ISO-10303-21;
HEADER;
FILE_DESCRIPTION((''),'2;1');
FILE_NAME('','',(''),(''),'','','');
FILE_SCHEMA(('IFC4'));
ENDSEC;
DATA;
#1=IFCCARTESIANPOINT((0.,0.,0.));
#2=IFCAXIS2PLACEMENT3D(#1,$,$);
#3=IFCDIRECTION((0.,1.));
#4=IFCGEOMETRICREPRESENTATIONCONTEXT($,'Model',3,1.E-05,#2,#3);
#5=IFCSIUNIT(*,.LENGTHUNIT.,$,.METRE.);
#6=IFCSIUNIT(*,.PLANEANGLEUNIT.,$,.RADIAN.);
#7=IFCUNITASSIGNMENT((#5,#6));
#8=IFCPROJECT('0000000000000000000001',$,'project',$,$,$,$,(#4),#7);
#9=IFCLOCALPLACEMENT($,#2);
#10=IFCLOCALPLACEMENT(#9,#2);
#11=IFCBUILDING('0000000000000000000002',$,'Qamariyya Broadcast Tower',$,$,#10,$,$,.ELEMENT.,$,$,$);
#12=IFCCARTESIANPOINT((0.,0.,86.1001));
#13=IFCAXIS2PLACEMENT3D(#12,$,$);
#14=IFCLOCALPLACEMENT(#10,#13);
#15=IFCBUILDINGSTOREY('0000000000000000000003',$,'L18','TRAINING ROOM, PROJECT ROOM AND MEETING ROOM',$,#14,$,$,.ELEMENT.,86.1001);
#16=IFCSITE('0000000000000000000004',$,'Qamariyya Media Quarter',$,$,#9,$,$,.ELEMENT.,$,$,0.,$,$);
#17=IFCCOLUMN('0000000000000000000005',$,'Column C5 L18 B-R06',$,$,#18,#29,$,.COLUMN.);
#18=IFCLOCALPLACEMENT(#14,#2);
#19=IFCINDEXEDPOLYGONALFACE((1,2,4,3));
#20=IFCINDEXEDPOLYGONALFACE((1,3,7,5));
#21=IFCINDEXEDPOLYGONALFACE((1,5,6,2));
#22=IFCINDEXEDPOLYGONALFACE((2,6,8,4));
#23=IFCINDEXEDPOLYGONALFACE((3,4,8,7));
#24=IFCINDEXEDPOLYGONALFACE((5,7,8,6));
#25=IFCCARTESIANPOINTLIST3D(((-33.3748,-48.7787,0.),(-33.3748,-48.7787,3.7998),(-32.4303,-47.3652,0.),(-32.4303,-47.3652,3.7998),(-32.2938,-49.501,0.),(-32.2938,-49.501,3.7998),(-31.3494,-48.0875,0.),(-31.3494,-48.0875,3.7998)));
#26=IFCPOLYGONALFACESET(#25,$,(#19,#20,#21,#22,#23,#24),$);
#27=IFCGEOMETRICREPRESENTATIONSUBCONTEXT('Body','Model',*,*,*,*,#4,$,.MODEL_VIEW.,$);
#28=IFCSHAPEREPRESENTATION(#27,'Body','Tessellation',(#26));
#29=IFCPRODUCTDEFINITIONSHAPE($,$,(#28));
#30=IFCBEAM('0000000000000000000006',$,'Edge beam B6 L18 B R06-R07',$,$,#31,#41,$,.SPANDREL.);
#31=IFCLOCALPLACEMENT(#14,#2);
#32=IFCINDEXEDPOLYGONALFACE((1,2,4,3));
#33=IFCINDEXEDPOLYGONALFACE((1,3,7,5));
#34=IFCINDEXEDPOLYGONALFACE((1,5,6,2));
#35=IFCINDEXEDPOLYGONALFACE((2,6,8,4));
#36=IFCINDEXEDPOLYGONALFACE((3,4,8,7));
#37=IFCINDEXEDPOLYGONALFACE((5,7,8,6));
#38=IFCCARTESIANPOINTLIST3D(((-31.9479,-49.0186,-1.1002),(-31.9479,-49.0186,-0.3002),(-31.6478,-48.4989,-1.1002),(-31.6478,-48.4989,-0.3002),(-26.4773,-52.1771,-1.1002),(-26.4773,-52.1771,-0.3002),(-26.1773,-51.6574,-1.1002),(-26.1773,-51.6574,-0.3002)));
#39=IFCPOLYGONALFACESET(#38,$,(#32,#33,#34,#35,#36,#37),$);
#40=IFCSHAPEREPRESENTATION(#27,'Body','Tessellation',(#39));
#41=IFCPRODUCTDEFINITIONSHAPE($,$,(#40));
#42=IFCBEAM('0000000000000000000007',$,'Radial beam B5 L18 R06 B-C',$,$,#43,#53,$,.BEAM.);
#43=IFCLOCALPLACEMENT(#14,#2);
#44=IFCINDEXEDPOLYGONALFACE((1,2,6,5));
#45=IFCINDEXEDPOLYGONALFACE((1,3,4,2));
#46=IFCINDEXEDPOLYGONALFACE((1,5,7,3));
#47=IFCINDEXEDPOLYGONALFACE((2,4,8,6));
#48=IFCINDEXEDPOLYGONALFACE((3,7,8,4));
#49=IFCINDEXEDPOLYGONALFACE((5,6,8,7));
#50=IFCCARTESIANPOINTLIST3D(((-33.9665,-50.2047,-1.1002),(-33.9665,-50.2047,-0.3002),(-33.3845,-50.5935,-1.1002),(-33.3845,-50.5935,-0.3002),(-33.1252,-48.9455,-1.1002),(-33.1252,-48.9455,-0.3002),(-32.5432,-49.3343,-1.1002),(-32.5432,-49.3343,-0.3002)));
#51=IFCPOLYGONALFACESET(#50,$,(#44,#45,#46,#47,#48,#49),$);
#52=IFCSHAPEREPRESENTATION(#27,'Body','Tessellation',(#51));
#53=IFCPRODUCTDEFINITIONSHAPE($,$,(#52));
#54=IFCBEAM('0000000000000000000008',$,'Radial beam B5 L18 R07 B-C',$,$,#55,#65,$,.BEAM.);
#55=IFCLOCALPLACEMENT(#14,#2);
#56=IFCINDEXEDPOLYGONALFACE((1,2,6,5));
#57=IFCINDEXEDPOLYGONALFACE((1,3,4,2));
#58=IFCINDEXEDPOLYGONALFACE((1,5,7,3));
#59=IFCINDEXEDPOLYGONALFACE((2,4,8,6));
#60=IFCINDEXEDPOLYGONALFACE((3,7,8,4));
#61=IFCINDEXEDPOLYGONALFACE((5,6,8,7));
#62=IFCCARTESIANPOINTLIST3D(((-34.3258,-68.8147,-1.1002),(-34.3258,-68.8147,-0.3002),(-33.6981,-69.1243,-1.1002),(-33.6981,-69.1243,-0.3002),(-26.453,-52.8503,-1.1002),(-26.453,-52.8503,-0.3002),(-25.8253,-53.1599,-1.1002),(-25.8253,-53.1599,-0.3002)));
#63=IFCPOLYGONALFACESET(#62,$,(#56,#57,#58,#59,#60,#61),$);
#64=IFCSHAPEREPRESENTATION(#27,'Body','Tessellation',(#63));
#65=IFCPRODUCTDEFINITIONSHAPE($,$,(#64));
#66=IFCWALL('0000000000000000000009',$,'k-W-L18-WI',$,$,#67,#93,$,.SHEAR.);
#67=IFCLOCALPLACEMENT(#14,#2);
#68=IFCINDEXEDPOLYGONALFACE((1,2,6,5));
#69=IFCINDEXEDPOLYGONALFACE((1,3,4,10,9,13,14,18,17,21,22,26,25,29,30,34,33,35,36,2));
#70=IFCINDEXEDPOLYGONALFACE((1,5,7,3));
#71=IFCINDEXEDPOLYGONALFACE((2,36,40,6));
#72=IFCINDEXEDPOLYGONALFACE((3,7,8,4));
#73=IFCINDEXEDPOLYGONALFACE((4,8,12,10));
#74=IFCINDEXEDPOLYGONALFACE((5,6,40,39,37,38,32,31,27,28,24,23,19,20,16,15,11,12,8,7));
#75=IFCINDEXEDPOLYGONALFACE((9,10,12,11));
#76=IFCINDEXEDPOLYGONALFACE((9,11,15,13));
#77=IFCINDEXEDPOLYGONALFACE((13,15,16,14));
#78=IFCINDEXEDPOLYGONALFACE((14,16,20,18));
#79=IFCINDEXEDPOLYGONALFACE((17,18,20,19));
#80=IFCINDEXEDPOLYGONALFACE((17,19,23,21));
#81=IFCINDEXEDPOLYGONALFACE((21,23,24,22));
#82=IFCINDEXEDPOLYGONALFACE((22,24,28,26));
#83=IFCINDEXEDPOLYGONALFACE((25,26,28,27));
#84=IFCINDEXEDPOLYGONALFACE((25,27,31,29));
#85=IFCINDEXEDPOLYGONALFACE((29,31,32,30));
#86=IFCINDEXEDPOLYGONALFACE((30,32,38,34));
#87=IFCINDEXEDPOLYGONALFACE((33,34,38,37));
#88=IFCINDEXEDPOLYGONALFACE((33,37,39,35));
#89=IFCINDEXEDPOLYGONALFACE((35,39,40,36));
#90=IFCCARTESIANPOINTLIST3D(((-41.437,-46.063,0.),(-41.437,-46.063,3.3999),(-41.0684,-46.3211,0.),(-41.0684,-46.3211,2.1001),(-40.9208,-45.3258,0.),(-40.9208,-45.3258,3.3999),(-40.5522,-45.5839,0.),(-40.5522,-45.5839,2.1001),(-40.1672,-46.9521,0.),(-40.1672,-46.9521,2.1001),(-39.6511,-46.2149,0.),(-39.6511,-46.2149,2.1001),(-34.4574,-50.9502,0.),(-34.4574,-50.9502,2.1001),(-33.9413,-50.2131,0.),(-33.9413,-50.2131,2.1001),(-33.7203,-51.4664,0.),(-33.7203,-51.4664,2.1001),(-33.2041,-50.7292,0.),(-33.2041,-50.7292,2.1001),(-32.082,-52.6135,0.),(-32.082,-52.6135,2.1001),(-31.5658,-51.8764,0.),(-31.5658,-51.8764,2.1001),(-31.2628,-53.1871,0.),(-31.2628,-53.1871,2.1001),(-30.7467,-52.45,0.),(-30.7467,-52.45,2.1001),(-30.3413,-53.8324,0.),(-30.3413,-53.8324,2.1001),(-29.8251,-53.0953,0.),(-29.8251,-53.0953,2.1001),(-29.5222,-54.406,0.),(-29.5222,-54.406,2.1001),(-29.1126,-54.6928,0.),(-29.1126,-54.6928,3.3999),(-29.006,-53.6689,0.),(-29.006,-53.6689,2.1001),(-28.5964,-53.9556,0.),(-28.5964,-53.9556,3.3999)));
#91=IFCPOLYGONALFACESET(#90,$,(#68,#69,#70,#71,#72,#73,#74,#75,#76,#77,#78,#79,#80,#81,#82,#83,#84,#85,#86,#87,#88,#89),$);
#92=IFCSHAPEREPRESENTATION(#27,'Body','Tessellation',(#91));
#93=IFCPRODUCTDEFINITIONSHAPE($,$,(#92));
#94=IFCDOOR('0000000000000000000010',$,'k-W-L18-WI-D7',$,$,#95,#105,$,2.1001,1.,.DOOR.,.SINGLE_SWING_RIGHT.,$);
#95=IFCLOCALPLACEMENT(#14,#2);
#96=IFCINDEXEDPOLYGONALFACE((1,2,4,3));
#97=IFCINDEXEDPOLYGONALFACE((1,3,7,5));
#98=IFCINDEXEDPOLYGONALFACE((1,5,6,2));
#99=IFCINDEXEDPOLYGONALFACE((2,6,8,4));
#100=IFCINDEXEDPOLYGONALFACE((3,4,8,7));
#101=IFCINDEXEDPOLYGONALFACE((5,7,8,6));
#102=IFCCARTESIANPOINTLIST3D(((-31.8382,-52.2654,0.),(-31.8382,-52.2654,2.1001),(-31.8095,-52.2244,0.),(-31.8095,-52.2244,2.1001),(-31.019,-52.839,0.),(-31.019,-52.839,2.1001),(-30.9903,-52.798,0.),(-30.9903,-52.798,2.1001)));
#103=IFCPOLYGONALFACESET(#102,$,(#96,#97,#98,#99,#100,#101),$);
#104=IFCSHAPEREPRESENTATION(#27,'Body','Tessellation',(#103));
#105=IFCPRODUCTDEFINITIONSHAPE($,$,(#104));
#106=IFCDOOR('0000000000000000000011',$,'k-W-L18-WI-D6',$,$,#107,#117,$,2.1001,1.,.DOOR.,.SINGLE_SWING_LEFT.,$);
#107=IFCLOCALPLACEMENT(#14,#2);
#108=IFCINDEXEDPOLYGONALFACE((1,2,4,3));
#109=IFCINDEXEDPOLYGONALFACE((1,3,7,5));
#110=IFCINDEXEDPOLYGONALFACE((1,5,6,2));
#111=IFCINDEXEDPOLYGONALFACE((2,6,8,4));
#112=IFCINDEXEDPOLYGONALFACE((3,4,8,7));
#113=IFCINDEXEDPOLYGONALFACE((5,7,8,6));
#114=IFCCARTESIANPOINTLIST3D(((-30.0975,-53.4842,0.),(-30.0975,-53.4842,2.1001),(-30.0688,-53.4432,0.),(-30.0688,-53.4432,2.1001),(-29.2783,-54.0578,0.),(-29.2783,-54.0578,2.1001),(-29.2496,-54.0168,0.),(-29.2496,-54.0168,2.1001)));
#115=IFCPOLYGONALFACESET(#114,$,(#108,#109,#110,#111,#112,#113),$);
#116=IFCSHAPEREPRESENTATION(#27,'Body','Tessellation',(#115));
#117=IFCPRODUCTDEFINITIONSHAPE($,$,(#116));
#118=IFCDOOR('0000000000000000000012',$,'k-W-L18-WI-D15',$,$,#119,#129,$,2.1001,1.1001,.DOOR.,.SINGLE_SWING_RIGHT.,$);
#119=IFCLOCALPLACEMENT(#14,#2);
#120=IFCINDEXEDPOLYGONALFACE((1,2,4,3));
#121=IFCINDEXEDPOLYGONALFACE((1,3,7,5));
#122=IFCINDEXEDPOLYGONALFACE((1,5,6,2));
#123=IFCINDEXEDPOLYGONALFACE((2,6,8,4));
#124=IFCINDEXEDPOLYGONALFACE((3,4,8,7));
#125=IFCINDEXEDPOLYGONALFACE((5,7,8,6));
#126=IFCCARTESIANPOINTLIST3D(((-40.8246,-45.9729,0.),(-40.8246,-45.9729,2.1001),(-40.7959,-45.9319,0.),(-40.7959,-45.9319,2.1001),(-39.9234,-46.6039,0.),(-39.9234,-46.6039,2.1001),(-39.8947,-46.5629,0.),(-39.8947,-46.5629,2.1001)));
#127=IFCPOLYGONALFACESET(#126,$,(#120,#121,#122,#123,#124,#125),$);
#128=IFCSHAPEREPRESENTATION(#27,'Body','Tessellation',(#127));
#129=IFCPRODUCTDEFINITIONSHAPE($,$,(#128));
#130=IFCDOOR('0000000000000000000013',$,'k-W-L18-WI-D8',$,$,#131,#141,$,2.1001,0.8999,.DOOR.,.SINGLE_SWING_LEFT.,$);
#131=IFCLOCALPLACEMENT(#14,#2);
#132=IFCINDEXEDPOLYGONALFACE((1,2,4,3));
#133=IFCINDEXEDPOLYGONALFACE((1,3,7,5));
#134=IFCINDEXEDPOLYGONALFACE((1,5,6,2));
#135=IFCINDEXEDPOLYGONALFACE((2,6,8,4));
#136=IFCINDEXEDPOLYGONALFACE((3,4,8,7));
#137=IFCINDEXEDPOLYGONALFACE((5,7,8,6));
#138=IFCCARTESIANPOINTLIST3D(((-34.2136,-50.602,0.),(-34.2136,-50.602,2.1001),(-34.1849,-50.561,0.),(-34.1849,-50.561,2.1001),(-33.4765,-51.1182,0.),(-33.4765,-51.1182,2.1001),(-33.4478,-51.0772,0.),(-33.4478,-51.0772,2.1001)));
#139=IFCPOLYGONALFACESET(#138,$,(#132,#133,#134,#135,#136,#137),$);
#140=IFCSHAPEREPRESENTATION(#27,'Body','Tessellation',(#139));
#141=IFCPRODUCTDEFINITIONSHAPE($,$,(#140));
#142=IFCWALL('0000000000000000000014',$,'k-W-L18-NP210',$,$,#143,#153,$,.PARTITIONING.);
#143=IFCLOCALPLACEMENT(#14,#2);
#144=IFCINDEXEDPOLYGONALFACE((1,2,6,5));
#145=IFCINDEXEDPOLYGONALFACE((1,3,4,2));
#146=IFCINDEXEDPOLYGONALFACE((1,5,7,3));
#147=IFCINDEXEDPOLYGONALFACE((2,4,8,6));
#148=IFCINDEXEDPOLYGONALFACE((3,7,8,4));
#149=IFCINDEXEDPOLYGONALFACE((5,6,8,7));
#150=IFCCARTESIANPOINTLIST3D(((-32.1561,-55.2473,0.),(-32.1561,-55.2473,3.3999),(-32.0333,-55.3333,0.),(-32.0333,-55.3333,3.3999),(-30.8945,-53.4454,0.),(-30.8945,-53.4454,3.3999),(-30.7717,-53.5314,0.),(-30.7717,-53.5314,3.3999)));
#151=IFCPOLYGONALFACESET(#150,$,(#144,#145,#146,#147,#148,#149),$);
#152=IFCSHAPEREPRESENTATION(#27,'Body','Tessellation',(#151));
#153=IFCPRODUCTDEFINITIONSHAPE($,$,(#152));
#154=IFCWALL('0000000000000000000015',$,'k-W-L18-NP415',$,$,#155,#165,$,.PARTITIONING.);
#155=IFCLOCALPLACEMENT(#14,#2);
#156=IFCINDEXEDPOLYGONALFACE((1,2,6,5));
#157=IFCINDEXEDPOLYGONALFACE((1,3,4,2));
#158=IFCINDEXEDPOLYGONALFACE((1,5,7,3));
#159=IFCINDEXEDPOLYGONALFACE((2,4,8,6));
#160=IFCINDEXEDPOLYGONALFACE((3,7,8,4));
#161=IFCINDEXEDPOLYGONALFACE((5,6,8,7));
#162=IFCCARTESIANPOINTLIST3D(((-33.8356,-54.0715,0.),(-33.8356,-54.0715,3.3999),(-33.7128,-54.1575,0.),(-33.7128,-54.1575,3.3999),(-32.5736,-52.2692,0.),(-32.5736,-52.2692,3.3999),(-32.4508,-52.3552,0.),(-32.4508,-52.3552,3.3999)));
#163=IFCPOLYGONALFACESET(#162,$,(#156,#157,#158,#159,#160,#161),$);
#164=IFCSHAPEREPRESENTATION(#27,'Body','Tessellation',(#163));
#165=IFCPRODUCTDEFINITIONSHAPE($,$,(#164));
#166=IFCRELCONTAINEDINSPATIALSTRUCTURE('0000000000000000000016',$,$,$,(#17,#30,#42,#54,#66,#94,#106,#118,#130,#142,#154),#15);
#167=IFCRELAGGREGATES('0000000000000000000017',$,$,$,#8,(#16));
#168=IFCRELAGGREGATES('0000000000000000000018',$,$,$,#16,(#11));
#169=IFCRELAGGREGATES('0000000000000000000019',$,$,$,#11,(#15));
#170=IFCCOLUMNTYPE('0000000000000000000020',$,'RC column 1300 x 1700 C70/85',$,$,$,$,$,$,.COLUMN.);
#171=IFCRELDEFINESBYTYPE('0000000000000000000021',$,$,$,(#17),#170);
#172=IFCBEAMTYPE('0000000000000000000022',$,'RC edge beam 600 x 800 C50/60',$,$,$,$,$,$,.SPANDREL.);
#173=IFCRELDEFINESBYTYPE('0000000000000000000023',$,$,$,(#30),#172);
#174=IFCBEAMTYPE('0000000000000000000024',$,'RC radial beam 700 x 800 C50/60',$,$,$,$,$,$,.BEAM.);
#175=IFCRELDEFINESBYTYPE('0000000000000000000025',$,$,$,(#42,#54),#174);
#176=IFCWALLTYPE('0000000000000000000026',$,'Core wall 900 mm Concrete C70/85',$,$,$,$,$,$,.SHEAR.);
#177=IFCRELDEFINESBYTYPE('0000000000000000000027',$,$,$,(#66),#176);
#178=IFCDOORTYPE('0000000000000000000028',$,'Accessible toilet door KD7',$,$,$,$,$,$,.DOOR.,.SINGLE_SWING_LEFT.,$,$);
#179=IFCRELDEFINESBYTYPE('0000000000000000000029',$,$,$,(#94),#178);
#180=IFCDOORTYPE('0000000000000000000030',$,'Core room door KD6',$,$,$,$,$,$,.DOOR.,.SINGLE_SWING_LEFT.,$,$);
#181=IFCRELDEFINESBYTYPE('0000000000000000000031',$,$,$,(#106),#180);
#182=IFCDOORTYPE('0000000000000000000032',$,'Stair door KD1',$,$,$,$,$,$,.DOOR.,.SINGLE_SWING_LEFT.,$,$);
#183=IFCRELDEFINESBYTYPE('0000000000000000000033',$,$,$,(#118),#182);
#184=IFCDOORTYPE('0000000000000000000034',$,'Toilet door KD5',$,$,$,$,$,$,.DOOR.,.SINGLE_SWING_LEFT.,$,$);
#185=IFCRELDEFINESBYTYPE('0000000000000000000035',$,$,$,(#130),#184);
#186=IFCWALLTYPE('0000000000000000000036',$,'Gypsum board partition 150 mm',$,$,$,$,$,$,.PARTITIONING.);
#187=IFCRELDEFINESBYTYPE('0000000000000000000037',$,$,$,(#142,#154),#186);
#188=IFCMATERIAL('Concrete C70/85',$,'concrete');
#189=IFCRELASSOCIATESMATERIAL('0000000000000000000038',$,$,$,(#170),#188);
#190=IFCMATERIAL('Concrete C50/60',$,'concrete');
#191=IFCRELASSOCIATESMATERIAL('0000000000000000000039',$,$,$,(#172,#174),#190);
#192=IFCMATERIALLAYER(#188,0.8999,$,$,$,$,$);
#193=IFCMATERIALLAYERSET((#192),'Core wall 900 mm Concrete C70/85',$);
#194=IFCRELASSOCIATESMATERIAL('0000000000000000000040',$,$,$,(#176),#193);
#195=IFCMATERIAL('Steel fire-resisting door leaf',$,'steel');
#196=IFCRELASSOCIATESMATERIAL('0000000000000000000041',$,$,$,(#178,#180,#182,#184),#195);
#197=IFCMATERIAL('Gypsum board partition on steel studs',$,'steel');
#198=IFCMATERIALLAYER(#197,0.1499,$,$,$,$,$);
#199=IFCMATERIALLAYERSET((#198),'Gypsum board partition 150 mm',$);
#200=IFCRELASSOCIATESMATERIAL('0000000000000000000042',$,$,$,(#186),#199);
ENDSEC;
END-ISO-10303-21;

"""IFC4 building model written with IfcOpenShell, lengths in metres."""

from ifc_helpers import new_model, si_unit, direction, frame, frame_2d, origin, origin_2d, place, context, subcontext, project, spatial, rectangle, extrude, material, layer, layer_set, material_profile, profile_set, type_object, element, fill, save


model = new_model("IFC4")

# Units and contexts
model_context = context("Model", 3, precision=1e-05, world=origin(), true_north=direction((0.0, 1.0)))
body_context = subcontext(model_context, "Body", "Model", "MODEL_VIEW")
ifc_project = project(units=[si_unit("LENGTHUNIT", "METRE"), si_unit("PLANEANGLEUNIT", "RADIAN")], contexts=[model_context])

# Site, building, storey
site_placement = place(None, origin())
site = spatial("IfcSite", under=ifc_project, at=site_placement, Name="Qamariyya Media Quarter", CompositionType="ELEMENT", RefElevation=0.0)
building_placement = place(site_placement, origin())
building = spatial("IfcBuilding", under=site, at=building_placement, Name="Qamariyya Broadcast Tower", CompositionType="ELEMENT")
storey_placement = place(building_placement, frame((0.0, 0.0, 86.1001)))
storey = spatial("IfcBuildingStorey", under=building, at=storey_placement, Name="L18", Description="TRAINING ROOM, PROJECT ROOM AND MEETING ROOM", CompositionType="ELEMENT", Elevation=86.1001)

# Column
ifc_material_1 = material(Name="Concrete C70/85", Category="concrete")
ifc_material_profile_1 = material_profile(ifc_material_1, rectangle(XDim=1.3, YDim=1.7, at=origin_2d()))
ifc_profile_set_1 = profile_set([ifc_material_profile_1], Name="Concrete C70/85")
column_type = type_object("IfcColumnType", Name="RC column 1300 x 1700 C70/85", PredefinedType="COLUMN", material=ifc_profile_set_1)
column_placement = place(storey_placement, frame((-32.3621, -48.4331, 0.0), z_axis=(0.0, 0.0, 1.0), x_axis=(0.83147, -0.55557, 0.0)))
element("IfcColumn", 1, at=column_placement, inside=storey, type_object=column_type, Name="Column C5 L18 B-R06", PredefinedType="COLUMN", context=body_context, shape_type="SweptSolid", body=[
    extrude(rectangle(XDim=1.3, YDim=1.7, at=origin_2d()), origin(), (0.0, 0.0, 1.0), 3.7998),
])

# Beams
ifc_material_2 = material(Name="Concrete C50/60", Category="concrete")
ifc_material_profile_2 = material_profile(ifc_material_2, rectangle(XDim=0.6001, YDim=0.8, at=origin_2d()))
ifc_profile_set_2 = profile_set([ifc_material_profile_2], Name="Concrete C50/60")
beam_type_1 = type_object("IfcBeamType", Name="RC edge beam 600 x 800 C50/60", PredefinedType="SPANDREL", material=ifc_profile_set_2)
beam_1_placement = place(storey_placement, frame((-31.7979, -48.7588, -0.7002), z_axis=(0.86602, -0.500009, 0.0), x_axis=(0.500009, 0.86602, 0.0)))
element("IfcBeam", 2, at=beam_1_placement, inside=storey, type_object=beam_type_1, Name="Edge beam B6 L18 B R06-R07", PredefinedType="SPANDREL", context=body_context, shape_type="SweptSolid", body=[
    extrude(rectangle(XDim=0.6001, YDim=0.8, at=origin_2d()), origin(), (0.0, 0.0, 1.0), 6.3169),
])
ifc_material_profile_3 = material_profile(ifc_material_2, rectangle(XDim=0.7, YDim=0.8, at=origin_2d()))
ifc_profile_set_3 = profile_set([ifc_material_profile_3], Name="Concrete C50/60")
beam_type_2 = type_object("IfcBeamType", Name="RC radial beam 700 x 800 C50/60", PredefinedType="BEAM", material=ifc_profile_set_3)
beam_2_placement = place(storey_placement, frame((-32.8342, -49.1399, -0.7002), z_axis=(-0.555518, -0.831504, 0.0), x_axis=(0.831504, -0.555518, 0.0)))
element("IfcBeam", 3, at=beam_2_placement, inside=storey, type_object=beam_type_2, Name="Radial beam B5 L18 R06 B-C", PredefinedType="BEAM", context=body_context, shape_type="SweptSolid", body=[
    extrude(rectangle(XDim=0.7, YDim=0.8, at=origin_2d()), origin(), (0.0, 0.0, 1.0), 1.5144),
])
beam_3_placement = place(storey_placement, frame((-26.1392, -53.0051, -0.7002), z_axis=(-0.442291, -0.896872, 0.0), x_axis=(0.896872, -0.442291, 0.0)))
element("IfcBeam", 4, at=beam_3_placement, inside=storey, type_object=beam_type_2, Name="Radial beam B5 L18 R07 B-C", PredefinedType="BEAM", context=body_context, shape_type="SweptSolid", body=[
    extrude(rectangle(XDim=0.7, YDim=0.8, at=origin_2d()), origin(), (0.0, 0.0, 1.0), 17.8),
])

# Wall, openings, doors
ifc_layer_1 = layer(ifc_material_1, 0.8999)
ifc_layer_set_1 = layer_set([ifc_layer_1], Name="Core wall 900 mm Concrete C70/85")
wall_type_1 = type_object("IfcWallType", Name="Core wall 900 mm Concrete C70/85", PredefinedType="SHEAR", material=ifc_layer_set_1)
wall_1_placement = place(storey_placement, frame((-28.8545, -54.3242, 0.0), z_axis=(0.0, 0.0, 1.0), x_axis=(-0.819146, 0.573585, 0.0)))
wall_1 = element("IfcWall", 5, at=wall_1_placement, inside=storey, type_object=wall_type_1, Name="k-W-L18-WI", PredefinedType="SHEAR", context=body_context, shape_type="SweptSolid", body=[
    extrude(rectangle(XDim=15.0454, YDim=0.8999, at=frame_2d((7.5227, 0.0))), origin(), (0.0, 0.0, 1.0), 3.3999),
])
opening_1_placement = place(wall_1_placement, frame((0.5, 0.0, 0.0)))
opening_1 = element("IfcOpeningElement", 6, at=opening_1_placement, cuts=wall_1, PredefinedType="OPENING", context=body_context, shape_type="SweptSolid", body=[
    extrude(rectangle(XDim=1.0, YDim=2.1001, at=frame_2d((0.5, 1.05))), frame((0.0, 0.46, 0.0), z_axis=(0.0, -1.0, 0.0), x_axis=(1.0, 0.0, 0.0)), (0.0, 0.0, 1.0), 0.9199),
])
opening_2_placement = place(wall_1_placement, frame((2.625, 0.0, 0.0)))
opening_2 = element("IfcOpeningElement", 7, at=opening_2_placement, cuts=wall_1, PredefinedType="OPENING", context=body_context, shape_type="SweptSolid", body=[
    extrude(rectangle(XDim=1.0, YDim=2.1001, at=frame_2d((0.5, 1.05))), frame((0.0, 0.46, 0.0), z_axis=(0.0, -1.0, 0.0), x_axis=(1.0, 0.0, 0.0)), (0.0, 0.0, 1.0), 0.9199),
])
opening_3_placement = place(wall_1_placement, frame((5.625, 0.0, 0.0)))
opening_3 = element("IfcOpeningElement", 8, at=opening_3_placement, cuts=wall_1, PredefinedType="OPENING", context=body_context, shape_type="SweptSolid", body=[
    extrude(rectangle(XDim=0.8999, YDim=2.1001, at=frame_2d((0.45, 1.05))), frame((0.0, 0.46, 0.0), z_axis=(0.0, -1.0, 0.0), x_axis=(1.0, 0.0, 0.0)), (0.0, 0.0, 1.0), 0.9199),
])
opening_4_placement = place(wall_1_placement, frame((13.4954, 0.0, 0.0)))
opening_4 = element("IfcOpeningElement", 9, at=opening_4_placement, cuts=wall_1, PredefinedType="OPENING", context=body_context, shape_type="SweptSolid", body=[
    extrude(rectangle(XDim=1.1001, YDim=2.1001, at=frame_2d((0.55, 1.05))), frame((0.0, 0.46, 0.0), z_axis=(0.0, -1.0, 0.0), x_axis=(1.0, 0.0, 0.0)), (0.0, 0.0, 1.0), 0.9199),
])
ifc_material_3 = material(Name="Steel fire-resisting door leaf", Category="steel")
door_type_1 = type_object("IfcDoorType", Name="Accessible toilet door KD7", OperationType="SINGLE_SWING_LEFT", PredefinedType="DOOR", material=ifc_material_3)
door_1_placement = place(opening_2_placement, origin())
door_1 = element("IfcDoor", 10, at=door_1_placement, inside=storey, type_object=door_type_1, Name="k-W-L18-WI-D7", OperationType="SINGLE_SWING_RIGHT", OverallHeight=2.1001, OverallWidth=1.0, PredefinedType="DOOR", context=body_context, shape_type="SweptSolid", body=[
    extrude(rectangle(XDim=1.0, YDim=2.1001, at=frame_2d((0.5, 1.05))), frame((0.0, 0.0249, 0.0), z_axis=(0.0, -1.0, 0.0), x_axis=(1.0, 0.0, 0.0)), (0.0, 0.0, 1.0), 0.05),
])
fill(opening_2, door_1)
door_type_2 = type_object("IfcDoorType", Name="Core room door KD6", OperationType="SINGLE_SWING_LEFT", PredefinedType="DOOR", material=ifc_material_3)
door_2_placement = place(opening_1_placement, origin())
door_2 = element("IfcDoor", 11, at=door_2_placement, inside=storey, type_object=door_type_2, Name="k-W-L18-WI-D6", OperationType="SINGLE_SWING_LEFT", OverallHeight=2.1001, OverallWidth=1.0, PredefinedType="DOOR", context=body_context, shape_type="SweptSolid", body=[
    extrude(rectangle(XDim=1.0, YDim=2.1001, at=frame_2d((0.5, 1.05))), frame((0.0, 0.0249, 0.0), z_axis=(0.0, -1.0, 0.0), x_axis=(1.0, 0.0, 0.0)), (0.0, 0.0, 1.0), 0.05),
])
fill(opening_1, door_2)
door_type_3 = type_object("IfcDoorType", Name="Stair door KD1", OperationType="SINGLE_SWING_LEFT", PredefinedType="DOOR", material=ifc_material_3)
door_3_placement = place(opening_4_placement, origin())
door_3 = element("IfcDoor", 12, at=door_3_placement, inside=storey, type_object=door_type_3, Name="k-W-L18-WI-D15", OperationType="SINGLE_SWING_RIGHT", OverallHeight=2.1001, OverallWidth=1.1001, PredefinedType="DOOR", context=body_context, shape_type="SweptSolid", body=[
    extrude(rectangle(XDim=1.1001, YDim=2.1001, at=frame_2d((0.55, 1.05))), frame((0.0, 0.0249, 0.0), z_axis=(0.0, -1.0, 0.0), x_axis=(1.0, 0.0, 0.0)), (0.0, 0.0, 1.0), 0.05),
])
fill(opening_4, door_3)
door_type_4 = type_object("IfcDoorType", Name="Toilet door KD5", OperationType="SINGLE_SWING_LEFT", PredefinedType="DOOR", material=ifc_material_3)
door_4_placement = place(opening_3_placement, origin())
door_4 = element("IfcDoor", 13, at=door_4_placement, inside=storey, type_object=door_type_4, Name="k-W-L18-WI-D8", OperationType="SINGLE_SWING_LEFT", OverallHeight=2.1001, OverallWidth=0.8999, PredefinedType="DOOR", context=body_context, shape_type="SweptSolid", body=[
    extrude(rectangle(XDim=0.8999, YDim=2.1001, at=frame_2d((0.45, 1.05))), frame((0.0, 0.0249, 0.0), z_axis=(0.0, -1.0, 0.0), x_axis=(1.0, 0.0, 0.0)), (0.0, 0.0, 1.0), 0.05),
])
fill(opening_3, door_4)

# Walls
ifc_material_4 = material(Name="Gypsum board partition on steel studs", Category="steel")
ifc_layer_2 = layer(ifc_material_4, 0.1499)
ifc_layer_set_2 = layer_set([ifc_layer_2], Name="Gypsum board partition 150 mm")
wall_type_2 = type_object("IfcWallType", Name="Gypsum board partition 150 mm", PredefinedType="PARTITIONING", material=ifc_layer_set_2)
wall_2_placement = place(storey_placement, frame((-32.0947, -55.2903, 0.0), z_axis=(0.0, 0.0, 1.0), x_axis=(0.573559, 0.819164, 0.0)))
element("IfcWall", 14, at=wall_2_placement, inside=storey, type_object=wall_type_2, Name="k-W-L18-NP210", PredefinedType="PARTITIONING", context=body_context, shape_type="SweptSolid", body=[
    extrude(rectangle(XDim=2.1997, YDim=0.1499, at=frame_2d((1.0999, 0.0))), origin(), (0.0, 0.0, 1.0), 3.3999),
])
wall_3_placement = place(storey_placement, frame((-33.7742, -54.1145, 0.0), z_axis=(0.0, 0.0, 1.0), x_axis=(0.573581, 0.819149, 0.0)))
element("IfcWall", 15, at=wall_3_placement, inside=storey, type_object=wall_type_2, Name="k-W-L18-NP415", PredefinedType="PARTITIONING", context=body_context, shape_type="SweptSolid", body=[
    extrude(rectangle(XDim=2.2002, YDim=0.1499, at=frame_2d((1.1001, 0.0))), origin(), (0.0, 0.0, 1.0), 3.3999),
])

save(model, "model.ifc")
